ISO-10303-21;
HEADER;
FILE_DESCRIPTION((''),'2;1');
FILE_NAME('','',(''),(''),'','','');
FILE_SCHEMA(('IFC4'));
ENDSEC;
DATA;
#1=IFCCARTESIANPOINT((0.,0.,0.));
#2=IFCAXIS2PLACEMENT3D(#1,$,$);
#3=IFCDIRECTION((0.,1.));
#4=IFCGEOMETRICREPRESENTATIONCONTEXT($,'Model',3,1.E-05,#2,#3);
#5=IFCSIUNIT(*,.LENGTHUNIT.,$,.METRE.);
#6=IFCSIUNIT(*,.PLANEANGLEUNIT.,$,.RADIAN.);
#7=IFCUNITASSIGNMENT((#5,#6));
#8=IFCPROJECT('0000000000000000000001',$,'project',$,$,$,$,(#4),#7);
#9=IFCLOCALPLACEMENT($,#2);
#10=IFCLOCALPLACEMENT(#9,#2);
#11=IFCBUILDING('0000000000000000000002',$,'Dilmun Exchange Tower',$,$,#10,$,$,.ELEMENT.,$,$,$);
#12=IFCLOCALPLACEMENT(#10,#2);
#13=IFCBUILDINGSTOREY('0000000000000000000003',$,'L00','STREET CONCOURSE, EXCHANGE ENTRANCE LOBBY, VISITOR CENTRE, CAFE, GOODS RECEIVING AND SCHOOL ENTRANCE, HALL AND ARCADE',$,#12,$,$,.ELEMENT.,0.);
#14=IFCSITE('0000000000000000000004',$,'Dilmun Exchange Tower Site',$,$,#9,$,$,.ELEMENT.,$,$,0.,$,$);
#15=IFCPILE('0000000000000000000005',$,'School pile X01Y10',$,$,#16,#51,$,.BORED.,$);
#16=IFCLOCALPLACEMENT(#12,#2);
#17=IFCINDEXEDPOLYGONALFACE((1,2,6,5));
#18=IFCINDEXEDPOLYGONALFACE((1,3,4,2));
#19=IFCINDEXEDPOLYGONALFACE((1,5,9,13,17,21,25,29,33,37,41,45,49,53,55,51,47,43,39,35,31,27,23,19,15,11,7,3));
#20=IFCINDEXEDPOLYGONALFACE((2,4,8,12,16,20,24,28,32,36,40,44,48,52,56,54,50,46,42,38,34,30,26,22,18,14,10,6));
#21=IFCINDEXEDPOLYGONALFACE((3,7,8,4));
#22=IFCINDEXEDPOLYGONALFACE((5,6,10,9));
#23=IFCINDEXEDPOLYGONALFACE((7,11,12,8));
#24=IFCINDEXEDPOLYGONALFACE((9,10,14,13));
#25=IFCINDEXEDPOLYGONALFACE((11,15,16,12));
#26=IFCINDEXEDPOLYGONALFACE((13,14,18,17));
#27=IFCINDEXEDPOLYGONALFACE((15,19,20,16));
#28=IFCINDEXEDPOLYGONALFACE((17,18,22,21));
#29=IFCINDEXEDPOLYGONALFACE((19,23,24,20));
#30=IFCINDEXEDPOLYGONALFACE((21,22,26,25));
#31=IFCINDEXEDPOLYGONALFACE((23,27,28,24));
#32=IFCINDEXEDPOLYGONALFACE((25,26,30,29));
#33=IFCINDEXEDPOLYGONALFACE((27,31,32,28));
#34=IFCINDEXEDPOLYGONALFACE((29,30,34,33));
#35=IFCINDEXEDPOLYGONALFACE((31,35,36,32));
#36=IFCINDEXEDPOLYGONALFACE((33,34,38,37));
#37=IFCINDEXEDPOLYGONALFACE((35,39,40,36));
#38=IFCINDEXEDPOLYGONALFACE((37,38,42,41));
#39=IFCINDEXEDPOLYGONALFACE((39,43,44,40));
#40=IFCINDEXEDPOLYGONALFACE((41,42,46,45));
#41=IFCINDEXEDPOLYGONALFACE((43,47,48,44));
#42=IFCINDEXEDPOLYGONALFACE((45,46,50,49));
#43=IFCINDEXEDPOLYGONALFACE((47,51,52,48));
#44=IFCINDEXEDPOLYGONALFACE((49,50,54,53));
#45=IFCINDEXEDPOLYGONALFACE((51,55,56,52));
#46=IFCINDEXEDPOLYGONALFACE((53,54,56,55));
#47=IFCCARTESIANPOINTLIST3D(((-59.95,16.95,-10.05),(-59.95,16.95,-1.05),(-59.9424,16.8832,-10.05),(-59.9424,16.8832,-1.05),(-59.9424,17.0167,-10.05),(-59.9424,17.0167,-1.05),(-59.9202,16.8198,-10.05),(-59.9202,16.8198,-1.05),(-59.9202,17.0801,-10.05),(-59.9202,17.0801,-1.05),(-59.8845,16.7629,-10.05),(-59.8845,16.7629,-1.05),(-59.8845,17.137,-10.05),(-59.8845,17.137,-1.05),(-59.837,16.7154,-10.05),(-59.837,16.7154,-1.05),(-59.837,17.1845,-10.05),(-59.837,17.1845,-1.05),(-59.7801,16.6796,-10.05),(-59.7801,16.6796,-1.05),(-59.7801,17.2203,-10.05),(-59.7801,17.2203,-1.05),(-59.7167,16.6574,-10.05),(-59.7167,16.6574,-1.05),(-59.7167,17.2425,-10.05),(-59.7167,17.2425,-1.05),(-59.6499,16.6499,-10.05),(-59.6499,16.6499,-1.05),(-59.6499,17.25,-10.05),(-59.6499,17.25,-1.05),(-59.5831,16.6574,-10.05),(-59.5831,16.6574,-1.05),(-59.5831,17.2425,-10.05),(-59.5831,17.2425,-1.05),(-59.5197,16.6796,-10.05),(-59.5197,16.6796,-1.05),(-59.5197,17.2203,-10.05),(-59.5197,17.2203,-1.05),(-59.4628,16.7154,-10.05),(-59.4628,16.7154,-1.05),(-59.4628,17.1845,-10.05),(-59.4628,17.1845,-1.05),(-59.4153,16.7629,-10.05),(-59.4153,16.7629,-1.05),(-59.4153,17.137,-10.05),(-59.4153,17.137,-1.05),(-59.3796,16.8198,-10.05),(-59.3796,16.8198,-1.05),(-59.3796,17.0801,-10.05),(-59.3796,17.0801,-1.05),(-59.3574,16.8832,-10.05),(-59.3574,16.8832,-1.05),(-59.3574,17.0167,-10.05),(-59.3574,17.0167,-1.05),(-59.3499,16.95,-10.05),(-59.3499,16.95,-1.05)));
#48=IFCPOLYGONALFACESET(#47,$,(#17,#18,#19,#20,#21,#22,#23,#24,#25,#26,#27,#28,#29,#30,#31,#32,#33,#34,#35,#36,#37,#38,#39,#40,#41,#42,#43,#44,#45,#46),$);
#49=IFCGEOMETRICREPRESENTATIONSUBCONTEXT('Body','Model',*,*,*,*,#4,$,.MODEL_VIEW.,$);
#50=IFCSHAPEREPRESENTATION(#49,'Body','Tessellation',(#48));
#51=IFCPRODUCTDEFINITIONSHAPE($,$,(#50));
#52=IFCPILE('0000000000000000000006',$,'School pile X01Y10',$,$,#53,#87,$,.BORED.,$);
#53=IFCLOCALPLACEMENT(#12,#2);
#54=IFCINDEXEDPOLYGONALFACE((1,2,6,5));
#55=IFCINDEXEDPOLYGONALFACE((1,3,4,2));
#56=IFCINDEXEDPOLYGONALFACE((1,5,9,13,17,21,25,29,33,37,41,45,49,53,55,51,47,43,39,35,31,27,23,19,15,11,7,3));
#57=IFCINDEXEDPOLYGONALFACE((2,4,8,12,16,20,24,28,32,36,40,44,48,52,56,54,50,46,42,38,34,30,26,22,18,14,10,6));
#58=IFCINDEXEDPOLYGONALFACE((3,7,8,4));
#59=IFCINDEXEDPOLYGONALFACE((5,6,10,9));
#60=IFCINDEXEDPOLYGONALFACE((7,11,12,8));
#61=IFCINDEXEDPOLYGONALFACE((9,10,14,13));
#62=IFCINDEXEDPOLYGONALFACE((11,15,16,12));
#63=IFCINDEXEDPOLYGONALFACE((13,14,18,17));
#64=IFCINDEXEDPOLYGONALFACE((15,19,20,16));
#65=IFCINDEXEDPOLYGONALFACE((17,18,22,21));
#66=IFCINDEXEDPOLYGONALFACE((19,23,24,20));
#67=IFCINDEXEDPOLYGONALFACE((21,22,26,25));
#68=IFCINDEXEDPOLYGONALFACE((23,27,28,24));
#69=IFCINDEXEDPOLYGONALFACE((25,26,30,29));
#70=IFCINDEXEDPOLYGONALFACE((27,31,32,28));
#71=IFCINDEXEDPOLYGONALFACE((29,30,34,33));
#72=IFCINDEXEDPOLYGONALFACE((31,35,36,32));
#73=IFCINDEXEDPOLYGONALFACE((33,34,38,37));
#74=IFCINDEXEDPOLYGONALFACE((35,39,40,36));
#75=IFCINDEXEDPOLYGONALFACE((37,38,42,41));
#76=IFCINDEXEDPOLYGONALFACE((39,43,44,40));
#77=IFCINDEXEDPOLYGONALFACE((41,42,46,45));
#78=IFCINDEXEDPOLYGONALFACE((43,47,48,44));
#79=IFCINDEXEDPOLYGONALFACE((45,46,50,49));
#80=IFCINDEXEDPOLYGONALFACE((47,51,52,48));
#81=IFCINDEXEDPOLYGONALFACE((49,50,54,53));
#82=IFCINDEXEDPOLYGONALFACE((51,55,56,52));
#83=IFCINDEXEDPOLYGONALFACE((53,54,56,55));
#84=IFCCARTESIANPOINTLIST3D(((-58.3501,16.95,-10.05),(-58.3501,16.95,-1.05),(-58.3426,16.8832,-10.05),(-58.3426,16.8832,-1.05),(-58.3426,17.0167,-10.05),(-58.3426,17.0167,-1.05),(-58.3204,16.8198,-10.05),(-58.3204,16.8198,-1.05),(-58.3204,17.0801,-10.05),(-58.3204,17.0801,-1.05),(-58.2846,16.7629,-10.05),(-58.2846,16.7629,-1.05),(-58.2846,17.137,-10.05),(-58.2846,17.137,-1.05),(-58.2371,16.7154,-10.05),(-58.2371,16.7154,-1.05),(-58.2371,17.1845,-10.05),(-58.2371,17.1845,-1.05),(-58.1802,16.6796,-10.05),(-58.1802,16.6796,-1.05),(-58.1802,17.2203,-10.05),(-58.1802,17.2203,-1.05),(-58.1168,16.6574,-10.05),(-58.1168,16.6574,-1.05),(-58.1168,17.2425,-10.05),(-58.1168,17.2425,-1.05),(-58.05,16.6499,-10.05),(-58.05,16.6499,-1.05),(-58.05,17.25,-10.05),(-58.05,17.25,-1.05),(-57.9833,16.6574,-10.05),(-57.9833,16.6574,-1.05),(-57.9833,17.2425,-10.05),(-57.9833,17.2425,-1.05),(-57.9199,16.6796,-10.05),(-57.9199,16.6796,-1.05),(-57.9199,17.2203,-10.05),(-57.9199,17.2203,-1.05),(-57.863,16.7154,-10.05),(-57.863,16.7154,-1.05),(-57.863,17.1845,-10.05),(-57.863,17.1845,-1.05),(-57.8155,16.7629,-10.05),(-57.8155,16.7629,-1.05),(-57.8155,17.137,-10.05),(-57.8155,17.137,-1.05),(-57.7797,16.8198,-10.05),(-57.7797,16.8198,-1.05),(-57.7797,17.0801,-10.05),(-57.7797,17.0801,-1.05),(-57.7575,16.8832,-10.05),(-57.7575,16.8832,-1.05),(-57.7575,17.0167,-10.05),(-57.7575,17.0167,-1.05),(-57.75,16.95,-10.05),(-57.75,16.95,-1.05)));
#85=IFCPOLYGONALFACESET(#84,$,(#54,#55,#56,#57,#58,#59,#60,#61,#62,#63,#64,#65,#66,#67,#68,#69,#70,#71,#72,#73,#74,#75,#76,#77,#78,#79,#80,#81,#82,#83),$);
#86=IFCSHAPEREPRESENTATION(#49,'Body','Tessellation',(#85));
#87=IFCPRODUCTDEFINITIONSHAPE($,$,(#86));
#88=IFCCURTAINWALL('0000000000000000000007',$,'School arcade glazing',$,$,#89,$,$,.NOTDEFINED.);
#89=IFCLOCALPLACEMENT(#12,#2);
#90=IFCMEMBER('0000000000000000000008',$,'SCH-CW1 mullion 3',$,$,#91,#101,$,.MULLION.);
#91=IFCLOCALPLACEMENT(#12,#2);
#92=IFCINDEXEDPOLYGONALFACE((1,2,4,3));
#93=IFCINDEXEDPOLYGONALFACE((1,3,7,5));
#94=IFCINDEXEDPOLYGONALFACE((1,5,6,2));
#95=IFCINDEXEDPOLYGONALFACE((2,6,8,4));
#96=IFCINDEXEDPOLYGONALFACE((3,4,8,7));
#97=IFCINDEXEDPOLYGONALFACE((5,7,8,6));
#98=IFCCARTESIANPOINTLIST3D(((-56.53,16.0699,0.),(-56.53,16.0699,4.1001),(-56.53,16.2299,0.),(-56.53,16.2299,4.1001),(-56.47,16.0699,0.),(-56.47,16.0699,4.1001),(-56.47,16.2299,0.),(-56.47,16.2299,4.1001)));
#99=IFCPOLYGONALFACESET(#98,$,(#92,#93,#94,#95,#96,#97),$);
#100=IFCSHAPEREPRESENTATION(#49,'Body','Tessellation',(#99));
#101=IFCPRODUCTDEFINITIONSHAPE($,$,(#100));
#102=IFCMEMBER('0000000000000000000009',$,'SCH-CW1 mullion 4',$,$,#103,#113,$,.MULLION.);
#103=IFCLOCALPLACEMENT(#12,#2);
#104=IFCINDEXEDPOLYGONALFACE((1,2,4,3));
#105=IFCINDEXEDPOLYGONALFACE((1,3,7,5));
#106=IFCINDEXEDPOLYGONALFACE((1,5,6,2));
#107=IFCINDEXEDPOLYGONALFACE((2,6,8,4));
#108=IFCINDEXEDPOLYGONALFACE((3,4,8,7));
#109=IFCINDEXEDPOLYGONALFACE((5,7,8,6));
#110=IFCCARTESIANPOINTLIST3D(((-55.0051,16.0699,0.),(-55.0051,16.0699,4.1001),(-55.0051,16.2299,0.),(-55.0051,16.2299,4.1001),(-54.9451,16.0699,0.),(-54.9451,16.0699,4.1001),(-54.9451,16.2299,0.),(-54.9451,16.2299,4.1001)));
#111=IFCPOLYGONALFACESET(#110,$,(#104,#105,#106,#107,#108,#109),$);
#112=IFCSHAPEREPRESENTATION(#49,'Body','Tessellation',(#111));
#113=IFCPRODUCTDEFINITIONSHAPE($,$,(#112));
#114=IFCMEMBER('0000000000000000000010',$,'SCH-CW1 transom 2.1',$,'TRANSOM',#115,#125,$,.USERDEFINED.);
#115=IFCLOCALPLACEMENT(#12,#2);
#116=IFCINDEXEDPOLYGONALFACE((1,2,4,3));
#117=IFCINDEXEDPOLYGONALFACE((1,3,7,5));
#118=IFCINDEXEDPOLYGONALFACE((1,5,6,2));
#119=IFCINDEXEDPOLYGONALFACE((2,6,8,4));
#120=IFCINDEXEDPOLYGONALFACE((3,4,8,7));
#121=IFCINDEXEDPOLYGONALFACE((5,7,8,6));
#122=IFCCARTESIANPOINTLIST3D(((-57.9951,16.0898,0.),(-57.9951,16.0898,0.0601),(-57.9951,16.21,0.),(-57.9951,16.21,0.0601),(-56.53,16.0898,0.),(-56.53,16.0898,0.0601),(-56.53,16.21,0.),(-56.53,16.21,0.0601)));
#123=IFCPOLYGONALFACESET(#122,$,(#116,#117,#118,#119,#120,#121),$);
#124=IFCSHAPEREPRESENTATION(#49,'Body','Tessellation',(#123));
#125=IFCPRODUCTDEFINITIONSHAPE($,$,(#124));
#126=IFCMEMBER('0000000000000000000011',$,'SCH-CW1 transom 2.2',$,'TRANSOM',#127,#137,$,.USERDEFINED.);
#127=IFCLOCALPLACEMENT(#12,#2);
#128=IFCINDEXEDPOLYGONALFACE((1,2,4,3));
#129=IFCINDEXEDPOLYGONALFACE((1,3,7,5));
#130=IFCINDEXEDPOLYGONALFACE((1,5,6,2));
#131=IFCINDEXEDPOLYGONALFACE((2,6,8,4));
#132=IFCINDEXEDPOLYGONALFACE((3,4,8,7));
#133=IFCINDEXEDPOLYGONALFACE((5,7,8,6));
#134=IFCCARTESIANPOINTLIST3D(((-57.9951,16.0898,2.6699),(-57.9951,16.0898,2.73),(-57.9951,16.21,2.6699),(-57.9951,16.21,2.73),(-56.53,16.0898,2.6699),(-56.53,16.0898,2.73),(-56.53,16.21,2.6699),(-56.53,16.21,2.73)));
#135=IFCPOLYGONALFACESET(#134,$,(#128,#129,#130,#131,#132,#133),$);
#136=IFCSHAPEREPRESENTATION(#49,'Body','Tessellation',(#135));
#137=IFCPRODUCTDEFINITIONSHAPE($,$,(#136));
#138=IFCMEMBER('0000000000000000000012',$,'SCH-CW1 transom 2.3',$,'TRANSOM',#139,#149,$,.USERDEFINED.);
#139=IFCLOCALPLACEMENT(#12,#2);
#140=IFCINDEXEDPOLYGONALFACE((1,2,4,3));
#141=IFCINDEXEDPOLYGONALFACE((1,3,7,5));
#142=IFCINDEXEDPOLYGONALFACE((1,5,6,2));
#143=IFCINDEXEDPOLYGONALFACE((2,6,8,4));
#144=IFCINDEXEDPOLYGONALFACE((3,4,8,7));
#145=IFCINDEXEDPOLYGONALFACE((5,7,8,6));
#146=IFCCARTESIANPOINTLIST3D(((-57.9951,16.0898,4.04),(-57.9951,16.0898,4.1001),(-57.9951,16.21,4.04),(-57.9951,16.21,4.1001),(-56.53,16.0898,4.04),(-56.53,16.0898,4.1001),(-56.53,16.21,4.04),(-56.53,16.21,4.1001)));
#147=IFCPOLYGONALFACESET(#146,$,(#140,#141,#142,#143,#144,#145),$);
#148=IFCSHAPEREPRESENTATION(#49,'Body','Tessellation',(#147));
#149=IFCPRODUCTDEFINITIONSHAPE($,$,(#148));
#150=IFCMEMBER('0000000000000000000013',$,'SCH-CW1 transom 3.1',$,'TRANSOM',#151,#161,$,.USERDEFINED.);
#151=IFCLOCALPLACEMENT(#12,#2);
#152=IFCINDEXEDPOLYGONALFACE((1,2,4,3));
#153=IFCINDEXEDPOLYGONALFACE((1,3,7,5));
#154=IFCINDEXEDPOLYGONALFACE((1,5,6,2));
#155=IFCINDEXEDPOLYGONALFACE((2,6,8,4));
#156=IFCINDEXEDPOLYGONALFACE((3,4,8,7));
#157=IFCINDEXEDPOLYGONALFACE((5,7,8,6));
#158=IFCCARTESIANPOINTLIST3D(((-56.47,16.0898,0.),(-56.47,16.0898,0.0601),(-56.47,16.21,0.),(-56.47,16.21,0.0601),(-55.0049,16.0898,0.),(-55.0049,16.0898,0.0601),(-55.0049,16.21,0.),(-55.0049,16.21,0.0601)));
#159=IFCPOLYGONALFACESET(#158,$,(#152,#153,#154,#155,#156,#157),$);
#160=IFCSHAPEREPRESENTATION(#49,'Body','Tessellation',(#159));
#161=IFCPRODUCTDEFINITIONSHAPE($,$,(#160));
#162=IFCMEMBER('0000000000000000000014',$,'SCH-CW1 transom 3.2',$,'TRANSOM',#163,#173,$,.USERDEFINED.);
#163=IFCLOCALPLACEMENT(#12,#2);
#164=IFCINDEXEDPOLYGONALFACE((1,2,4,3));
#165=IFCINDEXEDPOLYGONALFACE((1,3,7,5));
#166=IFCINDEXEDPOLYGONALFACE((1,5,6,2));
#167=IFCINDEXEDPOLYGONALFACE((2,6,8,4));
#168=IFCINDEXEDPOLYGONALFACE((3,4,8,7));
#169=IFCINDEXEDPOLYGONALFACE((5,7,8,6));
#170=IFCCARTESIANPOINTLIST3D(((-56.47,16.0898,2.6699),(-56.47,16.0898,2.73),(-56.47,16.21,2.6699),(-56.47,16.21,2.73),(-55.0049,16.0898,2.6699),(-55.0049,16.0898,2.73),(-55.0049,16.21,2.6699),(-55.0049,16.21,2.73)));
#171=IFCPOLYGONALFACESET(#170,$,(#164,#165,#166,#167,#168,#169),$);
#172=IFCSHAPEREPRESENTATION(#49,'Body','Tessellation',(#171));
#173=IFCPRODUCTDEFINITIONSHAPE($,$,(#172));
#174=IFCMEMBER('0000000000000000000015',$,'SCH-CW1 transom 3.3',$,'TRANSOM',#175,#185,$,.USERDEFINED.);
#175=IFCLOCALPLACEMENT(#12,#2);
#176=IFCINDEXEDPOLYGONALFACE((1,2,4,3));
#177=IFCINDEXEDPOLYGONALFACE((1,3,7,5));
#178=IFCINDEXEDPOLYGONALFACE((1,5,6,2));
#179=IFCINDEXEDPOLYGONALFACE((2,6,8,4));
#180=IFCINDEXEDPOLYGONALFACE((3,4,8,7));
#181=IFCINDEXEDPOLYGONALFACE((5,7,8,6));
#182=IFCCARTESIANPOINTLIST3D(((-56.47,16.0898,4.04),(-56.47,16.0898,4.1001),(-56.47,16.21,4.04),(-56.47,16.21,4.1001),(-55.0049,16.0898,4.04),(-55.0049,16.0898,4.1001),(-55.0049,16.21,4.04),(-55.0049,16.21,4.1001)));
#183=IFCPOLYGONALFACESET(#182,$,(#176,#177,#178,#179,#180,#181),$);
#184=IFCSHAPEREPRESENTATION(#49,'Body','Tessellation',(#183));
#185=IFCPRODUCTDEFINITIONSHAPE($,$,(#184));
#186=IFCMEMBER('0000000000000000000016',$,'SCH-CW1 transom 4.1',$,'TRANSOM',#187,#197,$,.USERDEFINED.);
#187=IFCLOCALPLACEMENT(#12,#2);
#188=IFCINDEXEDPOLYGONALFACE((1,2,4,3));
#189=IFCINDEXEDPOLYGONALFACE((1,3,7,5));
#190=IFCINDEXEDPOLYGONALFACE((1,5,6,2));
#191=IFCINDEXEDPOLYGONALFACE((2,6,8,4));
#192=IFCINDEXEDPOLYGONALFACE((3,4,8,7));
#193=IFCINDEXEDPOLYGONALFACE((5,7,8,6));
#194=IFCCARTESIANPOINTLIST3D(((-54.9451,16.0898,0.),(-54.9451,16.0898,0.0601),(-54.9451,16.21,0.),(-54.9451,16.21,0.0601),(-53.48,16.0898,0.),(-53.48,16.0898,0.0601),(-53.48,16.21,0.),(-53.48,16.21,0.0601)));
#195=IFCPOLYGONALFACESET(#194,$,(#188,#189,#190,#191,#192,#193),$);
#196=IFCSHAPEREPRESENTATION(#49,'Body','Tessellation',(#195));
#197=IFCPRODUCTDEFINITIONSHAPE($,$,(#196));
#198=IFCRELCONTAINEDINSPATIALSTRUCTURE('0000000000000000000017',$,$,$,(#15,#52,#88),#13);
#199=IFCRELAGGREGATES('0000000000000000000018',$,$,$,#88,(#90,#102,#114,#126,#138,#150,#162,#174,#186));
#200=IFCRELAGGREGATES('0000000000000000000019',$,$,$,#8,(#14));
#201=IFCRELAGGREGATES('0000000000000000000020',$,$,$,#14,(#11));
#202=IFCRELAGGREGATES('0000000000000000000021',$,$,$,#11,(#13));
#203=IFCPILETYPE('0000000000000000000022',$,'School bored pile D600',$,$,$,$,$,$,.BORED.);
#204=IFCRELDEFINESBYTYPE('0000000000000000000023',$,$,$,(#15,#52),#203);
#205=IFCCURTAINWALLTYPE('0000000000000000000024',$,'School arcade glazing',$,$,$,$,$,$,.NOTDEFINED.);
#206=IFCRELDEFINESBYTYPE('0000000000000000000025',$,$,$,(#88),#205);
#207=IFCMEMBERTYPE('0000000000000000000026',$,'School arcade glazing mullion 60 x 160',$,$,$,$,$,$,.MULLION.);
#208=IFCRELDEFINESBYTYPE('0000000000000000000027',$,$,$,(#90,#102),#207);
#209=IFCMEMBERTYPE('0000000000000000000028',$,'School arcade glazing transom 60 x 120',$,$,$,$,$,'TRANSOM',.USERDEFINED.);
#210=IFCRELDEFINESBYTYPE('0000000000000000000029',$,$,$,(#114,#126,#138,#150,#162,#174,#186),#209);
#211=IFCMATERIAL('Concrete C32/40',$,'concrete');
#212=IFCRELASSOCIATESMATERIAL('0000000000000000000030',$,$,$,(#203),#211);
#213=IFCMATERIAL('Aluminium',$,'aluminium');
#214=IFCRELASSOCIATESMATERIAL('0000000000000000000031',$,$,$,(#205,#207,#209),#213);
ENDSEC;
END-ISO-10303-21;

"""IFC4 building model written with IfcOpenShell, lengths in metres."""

from ifc_helpers import new_model, si_unit, direction, frame, origin, origin_2d, place, context, subcontext, project, spatial, rectangle, circle, extrude, material, material_profile, profile_set, type_object, element, aggregate, save


model = new_model("IFC4")

# Units and contexts
model_context = context("Model", 3, precision=1e-05, world=origin(), true_north=direction((0.0, 1.0)))
body_context = subcontext(model_context, "Body", "Model", "MODEL_VIEW")
ifc_project = project(units=[si_unit("LENGTHUNIT", "METRE"), si_unit("PLANEANGLEUNIT", "RADIAN")], contexts=[model_context])

# Site, building, storey
site_placement = place(None, origin())
site = spatial("IfcSite", under=ifc_project, at=site_placement, Name="Dilmun Exchange Tower Site", CompositionType="ELEMENT", RefElevation=0.0)
building_placement = place(site_placement, origin())
building = spatial("IfcBuilding", under=site, at=building_placement, Name="Dilmun Exchange Tower", CompositionType="ELEMENT")
storey_placement = place(building_placement, origin())
storey = spatial("IfcBuildingStorey", under=building, at=storey_placement, Name="L00", Description="STREET CONCOURSE, EXCHANGE ENTRANCE LOBBY, VISITOR CENTRE, CAFE, GOODS RECEIVING AND SCHOOL ENTRANCE, HALL AND ARCADE", CompositionType="ELEMENT", Elevation=0.0)

# Piles
ifc_material_1 = material(Name="Concrete C32/40", Category="concrete")
ifc_material_profile_1 = material_profile(ifc_material_1, circle(Radius=0.3, at=origin_2d()), Name="D600")
ifc_profile_set_1 = profile_set([ifc_material_profile_1], Name="Concrete C32/40")
pile_type = type_object("IfcPileType", Name="School bored pile D600", PredefinedType="BORED", material=ifc_profile_set_1)
for number, where, z_axis, x_axis, name in (
    (1, (-59.6499, 16.95, -1.05), (0.0, 0.0, -1.0), (1.0, 0.0, 0.0), "School pile X01Y10"),
    (2, (-58.05, 16.95, -1.05), (0.0, 0.0, -1.0), (1.0, 0.0, 0.0), "School pile X01Y10"),
):
    element("IfcPile", number, at=place(storey_placement, frame(where, z_axis=z_axis, x_axis=x_axis)), inside=storey, type_object=pile_type, Name=name, PredefinedType="BORED", context=body_context, shape_type="SweptSolid", body=[
        extrude(circle(Radius=0.3, at=origin_2d()), origin(), (0.0, 0.0, 1.0), 9.0),
    ])

# Curtain wall, members
ifc_material_2 = material(Name="Aluminium", Category="aluminium")
curtain_wall_type = type_object("IfcCurtainWallType", Name="School arcade glazing", PredefinedType="NOTDEFINED", material=ifc_material_2)
curtain_wall_placement = place(storey_placement, origin())
curtain_wall = element("IfcCurtainWall", 3, at=curtain_wall_placement, inside=storey, type_object=curtain_wall_type, Name="School arcade glazing", PredefinedType="NOTDEFINED")
ifc_material_profile_2 = material_profile(ifc_material_2, rectangle(XDim=0.1599, YDim=0.0601, at=origin_2d()), Name="60 x 160")
ifc_profile_set_2 = profile_set([ifc_material_profile_2], Name="Aluminium")
member_type_1 = type_object("IfcMemberType", Name="School arcade glazing mullion 60 x 160", PredefinedType="MULLION", material=ifc_profile_set_2)
member_1_placement = place(storey_placement, frame((-56.5, 16.1499, 0.0), z_axis=(0.0, 0.0, 1.0), x_axis=(0.0, 1.0, 0.0)))
member_1 = element("IfcMember", 4, at=member_1_placement, type_object=member_type_1, Name="SCH-CW1 mullion 3", PredefinedType="MULLION", context=body_context, shape_type="SweptSolid", body=[
    extrude(rectangle(XDim=0.1599, YDim=0.0601, at=origin_2d()), origin(), (0.0, 0.0, 1.0), 4.1001),
])
member_2_placement = place(storey_placement, frame((-54.9751, 16.1499, 0.0), z_axis=(0.0, 0.0, 1.0), x_axis=(0.0, 1.0, 0.0)))
member_2 = element("IfcMember", 5, at=member_2_placement, type_object=member_type_1, Name="SCH-CW1 mullion 4", PredefinedType="MULLION", context=body_context, shape_type="SweptSolid", body=[
    extrude(rectangle(XDim=0.1599, YDim=0.0601, at=origin_2d()), origin(), (0.0, 0.0, 1.0), 4.1001),
])
ifc_material_profile_3 = material_profile(ifc_material_2, rectangle(XDim=0.1201, YDim=0.0601, at=origin_2d()), Name="60 x 120")
ifc_profile_set_3 = profile_set([ifc_material_profile_3], Name="Aluminium")
member_type_2 = type_object("IfcMemberType", Name="School arcade glazing transom 60 x 120", ElementType="TRANSOM", PredefinedType="USERDEFINED", material=ifc_profile_set_3)
member_3_placement = place(storey_placement, frame((-57.9951, 16.1499, 0.03), z_axis=(1.0, 0.0, 0.0), x_axis=(0.0, 1.0, 0.0)))
member_3 = element("IfcMember", 6, at=member_3_placement, type_object=member_type_2, Name="SCH-CW1 transom 2.1", ObjectType="TRANSOM", PredefinedType="USERDEFINED", context=body_context, shape_type="SweptSolid", body=[
    extrude(rectangle(XDim=0.1201, YDim=0.0601, at=origin_2d()), origin(), (0.0, 0.0, 1.0), 1.4651),
])
member_4_placement = place(storey_placement, frame((-57.9951, 16.1499, 2.7), z_axis=(1.0, 0.0, 0.0), x_axis=(0.0, 1.0, 0.0)))
member_4 = element("IfcMember", 7, at=member_4_placement, type_object=member_type_2, Name="SCH-CW1 transom 2.2", ObjectType="TRANSOM", PredefinedType="USERDEFINED", context=body_context, shape_type="SweptSolid", body=[
    extrude(rectangle(XDim=0.1201, YDim=0.0601, at=origin_2d()), origin(), (0.0, 0.0, 1.0), 1.4651),
])
member_5_placement = place(storey_placement, frame((-57.9951, 16.1499, 4.0701), z_axis=(1.0, 0.0, 0.0), x_axis=(0.0, 1.0, 0.0)))
member_5 = element("IfcMember", 8, at=member_5_placement, type_object=member_type_2, Name="SCH-CW1 transom 2.3", ObjectType="TRANSOM", PredefinedType="USERDEFINED", context=body_context, shape_type="SweptSolid", body=[
    extrude(rectangle(XDim=0.1201, YDim=0.0601, at=origin_2d()), origin(), (0.0, 0.0, 1.0), 1.4651),
])
member_6_placement = place(storey_placement, frame((-56.47, 16.1499, 0.03), z_axis=(1.0, 0.0, 0.0), x_axis=(0.0, 1.0, 0.0)))
member_6 = element("IfcMember", 9, at=member_6_placement, type_object=member_type_2, Name="SCH-CW1 transom 3.1", ObjectType="TRANSOM", PredefinedType="USERDEFINED", context=body_context, shape_type="SweptSolid", body=[
    extrude(rectangle(XDim=0.1201, YDim=0.0601, at=origin_2d()), origin(), (0.0, 0.0, 1.0), 1.4651),
])
member_7_placement = place(storey_placement, frame((-56.47, 16.1499, 2.7), z_axis=(1.0, 0.0, 0.0), x_axis=(0.0, 1.0, 0.0)))
member_7 = element("IfcMember", 10, at=member_7_placement, type_object=member_type_2, Name="SCH-CW1 transom 3.2", ObjectType="TRANSOM", PredefinedType="USERDEFINED", context=body_context, shape_type="SweptSolid", body=[
    extrude(rectangle(XDim=0.1201, YDim=0.0601, at=origin_2d()), origin(), (0.0, 0.0, 1.0), 1.4651),
])
member_8_placement = place(storey_placement, frame((-56.47, 16.1499, 4.0701), z_axis=(1.0, 0.0, 0.0), x_axis=(0.0, 1.0, 0.0)))
member_8 = element("IfcMember", 11, at=member_8_placement, type_object=member_type_2, Name="SCH-CW1 transom 3.3", ObjectType="TRANSOM", PredefinedType="USERDEFINED", context=body_context, shape_type="SweptSolid", body=[
    extrude(rectangle(XDim=0.1201, YDim=0.0601, at=origin_2d()), origin(), (0.0, 0.0, 1.0), 1.4651),
])
member_9_placement = place(storey_placement, frame((-54.9451, 16.1499, 0.03), z_axis=(1.0, 0.0, 0.0), x_axis=(0.0, 1.0, 0.0)))
member_9 = element("IfcMember", 12, at=member_9_placement, type_object=member_type_2, Name="SCH-CW1 transom 4.1", ObjectType="TRANSOM", PredefinedType="USERDEFINED", context=body_context, shape_type="SweptSolid", body=[
    extrude(rectangle(XDim=0.1201, YDim=0.0601, at=origin_2d()), origin(), (0.0, 0.0, 1.0), 1.4651),
])

aggregate(curtain_wall, [member_1, member_2, member_3, member_4, member_5, member_6, member_7, member_8, member_9])

save(model, "model.ifc")
